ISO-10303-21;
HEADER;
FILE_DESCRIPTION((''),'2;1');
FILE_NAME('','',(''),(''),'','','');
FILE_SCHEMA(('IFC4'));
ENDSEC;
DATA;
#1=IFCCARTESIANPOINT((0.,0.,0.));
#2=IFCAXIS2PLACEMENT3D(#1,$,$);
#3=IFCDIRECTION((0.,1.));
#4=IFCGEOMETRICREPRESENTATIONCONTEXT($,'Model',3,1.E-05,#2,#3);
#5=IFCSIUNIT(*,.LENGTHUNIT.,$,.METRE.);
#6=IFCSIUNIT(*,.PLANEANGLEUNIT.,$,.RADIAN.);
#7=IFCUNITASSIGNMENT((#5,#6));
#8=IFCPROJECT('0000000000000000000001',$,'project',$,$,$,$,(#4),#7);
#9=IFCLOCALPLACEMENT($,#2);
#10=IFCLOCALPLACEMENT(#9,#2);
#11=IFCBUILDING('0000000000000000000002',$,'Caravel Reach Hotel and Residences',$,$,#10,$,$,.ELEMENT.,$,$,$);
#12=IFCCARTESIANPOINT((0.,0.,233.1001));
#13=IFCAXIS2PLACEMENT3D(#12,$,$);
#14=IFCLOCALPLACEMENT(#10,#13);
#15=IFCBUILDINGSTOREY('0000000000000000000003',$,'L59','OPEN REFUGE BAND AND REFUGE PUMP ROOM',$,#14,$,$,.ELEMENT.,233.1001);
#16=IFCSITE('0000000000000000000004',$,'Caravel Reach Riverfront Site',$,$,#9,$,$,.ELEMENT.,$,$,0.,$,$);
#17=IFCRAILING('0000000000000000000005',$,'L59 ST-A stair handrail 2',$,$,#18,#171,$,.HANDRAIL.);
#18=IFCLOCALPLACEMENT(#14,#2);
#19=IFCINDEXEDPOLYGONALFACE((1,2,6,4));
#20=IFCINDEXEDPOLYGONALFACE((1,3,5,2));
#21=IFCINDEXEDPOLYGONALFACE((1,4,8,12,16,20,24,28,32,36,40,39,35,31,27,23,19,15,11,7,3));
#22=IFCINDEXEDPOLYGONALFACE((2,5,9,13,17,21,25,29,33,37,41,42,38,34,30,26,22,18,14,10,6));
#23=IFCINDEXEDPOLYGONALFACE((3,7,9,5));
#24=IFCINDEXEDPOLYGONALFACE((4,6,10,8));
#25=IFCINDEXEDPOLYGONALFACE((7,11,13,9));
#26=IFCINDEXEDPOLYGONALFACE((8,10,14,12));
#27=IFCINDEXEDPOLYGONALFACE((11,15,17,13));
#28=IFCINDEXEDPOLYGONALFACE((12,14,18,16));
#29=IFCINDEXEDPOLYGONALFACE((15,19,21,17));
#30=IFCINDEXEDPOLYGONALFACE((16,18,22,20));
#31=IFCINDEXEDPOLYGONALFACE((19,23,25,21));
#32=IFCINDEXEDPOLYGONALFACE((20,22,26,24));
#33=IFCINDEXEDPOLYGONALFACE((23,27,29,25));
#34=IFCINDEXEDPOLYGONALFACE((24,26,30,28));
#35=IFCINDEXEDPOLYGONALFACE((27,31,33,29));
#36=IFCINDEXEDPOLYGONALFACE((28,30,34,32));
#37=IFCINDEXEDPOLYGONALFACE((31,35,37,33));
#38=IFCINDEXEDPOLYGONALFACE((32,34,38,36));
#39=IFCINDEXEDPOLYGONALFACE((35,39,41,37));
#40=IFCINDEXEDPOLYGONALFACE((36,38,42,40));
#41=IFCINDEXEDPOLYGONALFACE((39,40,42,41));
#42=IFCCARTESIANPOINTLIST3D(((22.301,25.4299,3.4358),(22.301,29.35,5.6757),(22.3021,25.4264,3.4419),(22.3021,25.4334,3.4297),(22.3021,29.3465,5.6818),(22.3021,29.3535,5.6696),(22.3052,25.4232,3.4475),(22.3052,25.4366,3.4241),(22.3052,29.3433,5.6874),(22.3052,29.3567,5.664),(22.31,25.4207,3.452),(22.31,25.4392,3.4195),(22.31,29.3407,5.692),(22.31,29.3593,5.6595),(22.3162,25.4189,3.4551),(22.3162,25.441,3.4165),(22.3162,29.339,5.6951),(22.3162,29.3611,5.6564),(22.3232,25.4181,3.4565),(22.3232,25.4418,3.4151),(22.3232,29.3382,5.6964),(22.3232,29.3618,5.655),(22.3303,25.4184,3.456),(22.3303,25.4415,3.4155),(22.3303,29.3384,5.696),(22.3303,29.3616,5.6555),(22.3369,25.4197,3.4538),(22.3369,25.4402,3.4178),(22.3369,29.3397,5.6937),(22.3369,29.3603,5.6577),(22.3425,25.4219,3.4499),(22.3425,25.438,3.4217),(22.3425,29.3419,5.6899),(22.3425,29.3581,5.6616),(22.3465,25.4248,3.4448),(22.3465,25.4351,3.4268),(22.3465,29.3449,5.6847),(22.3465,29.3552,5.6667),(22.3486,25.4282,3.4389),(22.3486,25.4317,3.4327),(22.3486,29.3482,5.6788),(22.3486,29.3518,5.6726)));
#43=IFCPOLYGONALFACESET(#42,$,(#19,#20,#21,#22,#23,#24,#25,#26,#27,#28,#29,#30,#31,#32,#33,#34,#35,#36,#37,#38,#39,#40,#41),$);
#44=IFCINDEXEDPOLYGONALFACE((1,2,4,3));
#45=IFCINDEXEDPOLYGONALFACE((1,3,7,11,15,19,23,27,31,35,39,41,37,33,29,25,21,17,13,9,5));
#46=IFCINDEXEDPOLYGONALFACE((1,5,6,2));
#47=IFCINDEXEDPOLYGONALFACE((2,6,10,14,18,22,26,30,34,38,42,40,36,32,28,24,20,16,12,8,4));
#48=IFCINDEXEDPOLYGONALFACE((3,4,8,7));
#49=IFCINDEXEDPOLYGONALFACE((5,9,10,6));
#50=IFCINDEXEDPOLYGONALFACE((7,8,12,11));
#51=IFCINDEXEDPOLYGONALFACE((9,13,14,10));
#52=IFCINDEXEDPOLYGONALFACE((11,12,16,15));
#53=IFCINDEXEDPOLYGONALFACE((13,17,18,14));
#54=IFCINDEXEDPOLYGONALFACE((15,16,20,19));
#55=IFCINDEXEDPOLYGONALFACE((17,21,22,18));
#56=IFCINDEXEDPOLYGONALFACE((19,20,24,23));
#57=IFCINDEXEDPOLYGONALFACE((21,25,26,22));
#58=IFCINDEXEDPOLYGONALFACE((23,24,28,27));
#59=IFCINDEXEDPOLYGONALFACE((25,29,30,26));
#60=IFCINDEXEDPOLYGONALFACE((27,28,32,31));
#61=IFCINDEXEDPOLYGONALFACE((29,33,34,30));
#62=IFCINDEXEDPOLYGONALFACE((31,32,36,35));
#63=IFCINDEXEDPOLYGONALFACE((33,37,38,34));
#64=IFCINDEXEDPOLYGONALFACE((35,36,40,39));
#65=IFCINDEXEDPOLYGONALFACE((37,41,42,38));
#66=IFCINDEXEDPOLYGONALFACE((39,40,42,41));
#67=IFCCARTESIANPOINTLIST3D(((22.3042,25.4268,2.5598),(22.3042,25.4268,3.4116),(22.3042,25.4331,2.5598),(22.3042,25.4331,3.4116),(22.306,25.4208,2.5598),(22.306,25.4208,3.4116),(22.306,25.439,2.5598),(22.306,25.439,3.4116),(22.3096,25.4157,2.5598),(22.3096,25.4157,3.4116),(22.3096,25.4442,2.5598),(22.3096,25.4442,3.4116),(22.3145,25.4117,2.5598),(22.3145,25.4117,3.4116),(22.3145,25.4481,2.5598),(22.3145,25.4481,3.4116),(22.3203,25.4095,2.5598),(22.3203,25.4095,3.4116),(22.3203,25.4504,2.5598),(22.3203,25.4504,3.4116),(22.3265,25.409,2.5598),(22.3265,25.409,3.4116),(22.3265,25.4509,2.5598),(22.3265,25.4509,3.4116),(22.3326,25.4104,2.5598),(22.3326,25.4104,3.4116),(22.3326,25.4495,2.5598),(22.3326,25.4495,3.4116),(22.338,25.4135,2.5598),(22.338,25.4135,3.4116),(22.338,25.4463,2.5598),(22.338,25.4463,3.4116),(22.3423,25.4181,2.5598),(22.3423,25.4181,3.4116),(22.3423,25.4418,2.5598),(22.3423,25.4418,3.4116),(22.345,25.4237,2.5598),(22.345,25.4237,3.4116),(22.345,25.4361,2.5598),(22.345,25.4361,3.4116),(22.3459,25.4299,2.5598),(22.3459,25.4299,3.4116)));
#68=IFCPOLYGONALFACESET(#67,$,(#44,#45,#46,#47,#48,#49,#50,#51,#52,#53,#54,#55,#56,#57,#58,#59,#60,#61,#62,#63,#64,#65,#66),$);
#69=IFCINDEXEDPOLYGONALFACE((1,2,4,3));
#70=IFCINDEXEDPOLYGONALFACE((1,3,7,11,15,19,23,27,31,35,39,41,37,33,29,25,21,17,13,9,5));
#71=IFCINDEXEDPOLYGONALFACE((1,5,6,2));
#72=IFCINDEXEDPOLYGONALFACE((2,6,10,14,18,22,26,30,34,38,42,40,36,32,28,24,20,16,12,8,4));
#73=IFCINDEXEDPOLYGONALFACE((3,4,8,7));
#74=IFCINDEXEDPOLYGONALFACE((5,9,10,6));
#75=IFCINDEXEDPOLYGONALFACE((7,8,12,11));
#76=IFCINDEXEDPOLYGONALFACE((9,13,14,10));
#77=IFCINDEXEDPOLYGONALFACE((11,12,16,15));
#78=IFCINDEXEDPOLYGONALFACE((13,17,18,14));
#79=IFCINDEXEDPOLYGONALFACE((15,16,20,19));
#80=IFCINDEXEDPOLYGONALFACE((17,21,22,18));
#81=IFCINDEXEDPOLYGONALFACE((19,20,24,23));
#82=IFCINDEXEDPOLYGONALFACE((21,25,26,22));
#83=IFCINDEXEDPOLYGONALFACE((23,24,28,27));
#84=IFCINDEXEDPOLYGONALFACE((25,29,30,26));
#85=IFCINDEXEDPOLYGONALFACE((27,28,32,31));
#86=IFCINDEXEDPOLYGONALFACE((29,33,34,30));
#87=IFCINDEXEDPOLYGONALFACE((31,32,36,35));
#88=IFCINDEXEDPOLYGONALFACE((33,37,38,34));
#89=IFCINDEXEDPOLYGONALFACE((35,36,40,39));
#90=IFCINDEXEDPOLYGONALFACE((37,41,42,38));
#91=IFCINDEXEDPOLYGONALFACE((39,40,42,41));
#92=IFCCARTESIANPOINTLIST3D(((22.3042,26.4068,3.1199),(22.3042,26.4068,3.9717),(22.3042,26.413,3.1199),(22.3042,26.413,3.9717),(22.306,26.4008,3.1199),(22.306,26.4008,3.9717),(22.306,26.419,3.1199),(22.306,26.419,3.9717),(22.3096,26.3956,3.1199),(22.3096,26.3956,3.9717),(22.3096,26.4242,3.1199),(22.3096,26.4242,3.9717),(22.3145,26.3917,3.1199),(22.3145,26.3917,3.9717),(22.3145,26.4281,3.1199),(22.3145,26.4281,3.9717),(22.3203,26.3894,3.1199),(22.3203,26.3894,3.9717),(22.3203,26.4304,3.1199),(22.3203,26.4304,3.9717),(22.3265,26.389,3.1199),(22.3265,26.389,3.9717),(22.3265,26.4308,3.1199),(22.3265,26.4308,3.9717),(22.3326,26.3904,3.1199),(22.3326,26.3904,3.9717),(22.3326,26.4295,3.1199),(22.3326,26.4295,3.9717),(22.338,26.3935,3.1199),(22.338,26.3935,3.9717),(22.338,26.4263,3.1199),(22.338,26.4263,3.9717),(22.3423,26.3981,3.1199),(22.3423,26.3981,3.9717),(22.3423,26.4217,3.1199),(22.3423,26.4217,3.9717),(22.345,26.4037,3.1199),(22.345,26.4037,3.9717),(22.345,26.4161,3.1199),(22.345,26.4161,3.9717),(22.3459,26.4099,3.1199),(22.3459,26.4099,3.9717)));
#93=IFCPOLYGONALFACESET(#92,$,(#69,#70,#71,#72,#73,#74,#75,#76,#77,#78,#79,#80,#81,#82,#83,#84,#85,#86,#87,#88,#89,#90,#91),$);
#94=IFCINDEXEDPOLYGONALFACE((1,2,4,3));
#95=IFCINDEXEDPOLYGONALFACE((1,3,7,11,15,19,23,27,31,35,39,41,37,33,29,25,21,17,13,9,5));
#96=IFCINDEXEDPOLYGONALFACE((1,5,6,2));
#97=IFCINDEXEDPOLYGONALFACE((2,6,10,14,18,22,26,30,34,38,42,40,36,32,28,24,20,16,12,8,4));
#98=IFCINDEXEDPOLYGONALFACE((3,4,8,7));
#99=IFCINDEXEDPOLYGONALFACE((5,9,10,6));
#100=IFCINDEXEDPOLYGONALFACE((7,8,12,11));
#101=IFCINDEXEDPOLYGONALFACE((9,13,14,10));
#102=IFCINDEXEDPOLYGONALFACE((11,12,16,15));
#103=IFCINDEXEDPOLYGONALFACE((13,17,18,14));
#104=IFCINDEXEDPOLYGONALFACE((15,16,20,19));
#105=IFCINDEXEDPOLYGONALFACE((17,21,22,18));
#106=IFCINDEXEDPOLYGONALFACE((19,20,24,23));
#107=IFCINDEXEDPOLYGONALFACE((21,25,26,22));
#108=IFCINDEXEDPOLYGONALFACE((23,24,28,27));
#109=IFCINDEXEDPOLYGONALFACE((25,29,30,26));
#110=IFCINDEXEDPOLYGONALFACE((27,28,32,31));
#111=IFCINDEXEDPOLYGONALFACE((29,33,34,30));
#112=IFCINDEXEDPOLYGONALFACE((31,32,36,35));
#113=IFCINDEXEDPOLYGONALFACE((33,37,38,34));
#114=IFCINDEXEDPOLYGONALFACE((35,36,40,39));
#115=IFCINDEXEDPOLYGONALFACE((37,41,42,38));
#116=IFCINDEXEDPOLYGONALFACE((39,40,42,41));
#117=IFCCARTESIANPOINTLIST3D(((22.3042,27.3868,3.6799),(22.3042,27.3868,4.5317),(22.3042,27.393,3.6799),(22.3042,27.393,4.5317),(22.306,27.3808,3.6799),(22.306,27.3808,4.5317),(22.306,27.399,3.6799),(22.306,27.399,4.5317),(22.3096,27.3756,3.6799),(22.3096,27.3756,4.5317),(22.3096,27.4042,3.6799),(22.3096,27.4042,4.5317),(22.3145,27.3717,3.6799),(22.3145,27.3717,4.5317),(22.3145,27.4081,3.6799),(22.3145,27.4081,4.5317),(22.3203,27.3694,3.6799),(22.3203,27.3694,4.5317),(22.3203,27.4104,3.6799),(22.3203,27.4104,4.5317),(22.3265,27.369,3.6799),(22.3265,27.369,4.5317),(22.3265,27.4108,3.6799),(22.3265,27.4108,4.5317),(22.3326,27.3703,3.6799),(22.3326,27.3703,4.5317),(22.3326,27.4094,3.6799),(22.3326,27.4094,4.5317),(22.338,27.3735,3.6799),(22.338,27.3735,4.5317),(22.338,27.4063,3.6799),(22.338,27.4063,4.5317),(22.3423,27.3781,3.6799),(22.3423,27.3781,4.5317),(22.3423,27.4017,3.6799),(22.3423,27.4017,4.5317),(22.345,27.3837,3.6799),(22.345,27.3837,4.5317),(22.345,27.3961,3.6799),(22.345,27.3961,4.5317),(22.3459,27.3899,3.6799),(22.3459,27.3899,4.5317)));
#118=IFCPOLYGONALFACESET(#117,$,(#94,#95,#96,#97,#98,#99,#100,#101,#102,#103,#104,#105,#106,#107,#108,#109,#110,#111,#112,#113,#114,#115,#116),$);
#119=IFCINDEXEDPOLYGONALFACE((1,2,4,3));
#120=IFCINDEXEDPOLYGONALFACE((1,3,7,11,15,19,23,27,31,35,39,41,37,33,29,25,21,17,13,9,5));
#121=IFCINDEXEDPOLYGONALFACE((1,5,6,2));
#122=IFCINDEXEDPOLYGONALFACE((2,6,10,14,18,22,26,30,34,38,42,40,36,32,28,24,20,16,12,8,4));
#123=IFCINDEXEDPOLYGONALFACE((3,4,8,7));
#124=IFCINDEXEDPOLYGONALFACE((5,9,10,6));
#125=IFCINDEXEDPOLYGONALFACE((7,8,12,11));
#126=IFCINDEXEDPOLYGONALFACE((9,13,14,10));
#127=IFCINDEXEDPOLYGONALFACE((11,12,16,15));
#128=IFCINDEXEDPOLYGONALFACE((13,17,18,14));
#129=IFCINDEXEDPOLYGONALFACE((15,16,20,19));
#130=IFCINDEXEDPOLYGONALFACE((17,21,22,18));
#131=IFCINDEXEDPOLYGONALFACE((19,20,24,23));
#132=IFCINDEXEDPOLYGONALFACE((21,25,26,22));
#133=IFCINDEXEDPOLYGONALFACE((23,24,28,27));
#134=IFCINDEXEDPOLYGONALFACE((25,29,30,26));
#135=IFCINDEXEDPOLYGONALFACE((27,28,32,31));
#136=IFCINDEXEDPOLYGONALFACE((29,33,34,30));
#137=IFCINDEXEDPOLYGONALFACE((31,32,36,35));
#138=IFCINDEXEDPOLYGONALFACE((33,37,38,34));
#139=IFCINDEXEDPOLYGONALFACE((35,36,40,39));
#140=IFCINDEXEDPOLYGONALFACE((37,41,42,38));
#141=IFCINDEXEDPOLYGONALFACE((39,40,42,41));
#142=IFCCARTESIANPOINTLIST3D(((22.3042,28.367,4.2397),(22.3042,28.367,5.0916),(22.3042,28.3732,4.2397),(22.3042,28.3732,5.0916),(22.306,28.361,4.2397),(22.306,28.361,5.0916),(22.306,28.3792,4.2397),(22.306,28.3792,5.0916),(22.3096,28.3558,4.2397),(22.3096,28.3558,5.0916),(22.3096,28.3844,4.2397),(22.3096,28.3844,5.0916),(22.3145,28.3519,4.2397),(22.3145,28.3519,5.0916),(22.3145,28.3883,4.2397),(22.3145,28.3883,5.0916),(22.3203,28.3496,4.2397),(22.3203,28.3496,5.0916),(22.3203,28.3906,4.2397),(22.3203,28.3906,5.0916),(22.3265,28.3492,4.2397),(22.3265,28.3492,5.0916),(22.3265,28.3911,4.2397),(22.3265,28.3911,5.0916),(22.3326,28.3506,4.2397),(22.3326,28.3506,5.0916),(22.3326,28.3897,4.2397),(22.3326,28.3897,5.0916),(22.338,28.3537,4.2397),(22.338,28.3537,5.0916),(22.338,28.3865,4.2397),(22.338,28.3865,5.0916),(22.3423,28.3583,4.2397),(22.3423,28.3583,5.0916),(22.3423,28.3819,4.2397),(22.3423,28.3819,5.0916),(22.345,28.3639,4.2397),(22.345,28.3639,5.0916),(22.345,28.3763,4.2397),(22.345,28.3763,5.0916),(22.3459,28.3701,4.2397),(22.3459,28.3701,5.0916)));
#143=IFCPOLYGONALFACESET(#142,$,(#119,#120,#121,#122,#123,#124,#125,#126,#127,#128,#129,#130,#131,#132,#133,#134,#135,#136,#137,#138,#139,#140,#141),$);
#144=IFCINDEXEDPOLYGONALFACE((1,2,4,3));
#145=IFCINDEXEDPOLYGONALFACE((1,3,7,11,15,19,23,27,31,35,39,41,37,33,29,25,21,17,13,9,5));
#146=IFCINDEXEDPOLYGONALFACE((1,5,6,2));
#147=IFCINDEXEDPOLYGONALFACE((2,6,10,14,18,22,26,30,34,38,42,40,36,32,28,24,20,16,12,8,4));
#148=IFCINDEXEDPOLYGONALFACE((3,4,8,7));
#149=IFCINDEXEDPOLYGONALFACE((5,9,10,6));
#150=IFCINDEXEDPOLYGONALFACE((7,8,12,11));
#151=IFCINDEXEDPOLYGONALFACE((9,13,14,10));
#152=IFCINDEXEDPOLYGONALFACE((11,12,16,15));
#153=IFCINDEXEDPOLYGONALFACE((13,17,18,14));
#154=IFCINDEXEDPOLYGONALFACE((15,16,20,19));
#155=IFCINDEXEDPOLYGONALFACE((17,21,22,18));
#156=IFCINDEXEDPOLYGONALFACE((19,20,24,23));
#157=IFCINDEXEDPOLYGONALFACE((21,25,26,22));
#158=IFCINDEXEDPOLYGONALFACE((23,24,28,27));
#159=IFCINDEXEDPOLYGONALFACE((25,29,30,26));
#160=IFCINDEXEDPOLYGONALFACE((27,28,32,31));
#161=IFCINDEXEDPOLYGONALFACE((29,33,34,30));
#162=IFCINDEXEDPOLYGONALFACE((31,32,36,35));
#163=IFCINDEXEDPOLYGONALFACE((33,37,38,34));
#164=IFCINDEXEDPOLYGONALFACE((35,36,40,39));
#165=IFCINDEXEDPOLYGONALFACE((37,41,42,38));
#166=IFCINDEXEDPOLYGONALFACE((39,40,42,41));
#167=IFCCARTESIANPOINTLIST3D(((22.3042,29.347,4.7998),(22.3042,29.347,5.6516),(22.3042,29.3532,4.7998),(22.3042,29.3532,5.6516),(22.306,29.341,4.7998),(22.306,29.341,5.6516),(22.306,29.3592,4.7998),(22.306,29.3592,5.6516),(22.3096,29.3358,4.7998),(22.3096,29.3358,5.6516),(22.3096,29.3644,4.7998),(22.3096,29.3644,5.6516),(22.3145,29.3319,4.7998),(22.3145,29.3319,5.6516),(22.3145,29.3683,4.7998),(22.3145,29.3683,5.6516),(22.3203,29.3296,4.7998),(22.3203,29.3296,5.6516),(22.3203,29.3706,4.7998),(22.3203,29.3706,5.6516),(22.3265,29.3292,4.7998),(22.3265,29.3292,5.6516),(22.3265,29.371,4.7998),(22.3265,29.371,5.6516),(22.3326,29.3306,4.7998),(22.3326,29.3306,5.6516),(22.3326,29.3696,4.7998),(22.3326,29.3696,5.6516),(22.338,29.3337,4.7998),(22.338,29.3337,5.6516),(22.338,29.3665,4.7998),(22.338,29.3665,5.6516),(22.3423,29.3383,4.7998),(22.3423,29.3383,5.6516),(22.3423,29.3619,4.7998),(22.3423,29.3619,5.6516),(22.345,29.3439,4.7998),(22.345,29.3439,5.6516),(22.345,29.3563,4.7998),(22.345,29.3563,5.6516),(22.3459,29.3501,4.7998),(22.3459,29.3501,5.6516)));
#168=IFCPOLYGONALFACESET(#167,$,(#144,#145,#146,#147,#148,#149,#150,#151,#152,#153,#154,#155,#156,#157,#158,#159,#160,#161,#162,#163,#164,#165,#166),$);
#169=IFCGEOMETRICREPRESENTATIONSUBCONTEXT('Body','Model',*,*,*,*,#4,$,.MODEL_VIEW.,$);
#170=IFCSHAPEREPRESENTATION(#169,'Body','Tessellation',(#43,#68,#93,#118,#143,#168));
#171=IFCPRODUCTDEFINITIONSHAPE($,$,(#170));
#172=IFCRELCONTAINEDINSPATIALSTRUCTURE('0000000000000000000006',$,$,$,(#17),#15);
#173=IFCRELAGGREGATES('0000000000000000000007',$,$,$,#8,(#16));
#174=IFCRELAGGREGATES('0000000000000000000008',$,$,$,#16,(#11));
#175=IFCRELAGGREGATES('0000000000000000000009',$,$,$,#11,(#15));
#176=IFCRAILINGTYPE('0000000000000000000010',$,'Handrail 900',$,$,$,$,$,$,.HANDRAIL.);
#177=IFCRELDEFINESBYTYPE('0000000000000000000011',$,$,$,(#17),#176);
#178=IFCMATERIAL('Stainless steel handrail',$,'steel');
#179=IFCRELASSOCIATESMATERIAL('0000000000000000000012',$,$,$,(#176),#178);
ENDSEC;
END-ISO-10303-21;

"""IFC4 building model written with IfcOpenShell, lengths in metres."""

from ifc_helpers import new_model, si_unit, direction, frame, origin, origin_2d, place, context, subcontext, project, spatial, circle, extrude, material, type_object, element, save


model = new_model("IFC4")

# Units and contexts
model_context = context("Model", 3, precision=1e-05, world=origin(), true_north=direction((0.0, 1.0)))
body_context = subcontext(model_context, "Body", "Model", "MODEL_VIEW")
ifc_project = project(units=[si_unit("LENGTHUNIT", "METRE"), si_unit("PLANEANGLEUNIT", "RADIAN")], contexts=[model_context])

# Site, building, storey
site_placement = place(None, origin())
site = spatial("IfcSite", under=ifc_project, at=site_placement, Name="Caravel Reach Riverfront Site", CompositionType="ELEMENT", RefElevation=0.0)
building_placement = place(site_placement, origin())
building = spatial("IfcBuilding", under=site, at=building_placement, Name="Caravel Reach Hotel and Residences", CompositionType="ELEMENT")
storey_placement = place(building_placement, frame((0.0, 0.0, 233.1001)))
storey = spatial("IfcBuildingStorey", under=building, at=storey_placement, Name="L59", Description="OPEN REFUGE BAND AND REFUGE PUMP ROOM", CompositionType="ELEMENT", Elevation=233.1001)

# Railing
ifc_material_1 = material(Name="Stainless steel handrail", Category="steel")
railing_type_1 = type_object("IfcRailingType", Name="Handrail 900", PredefinedType="HANDRAIL", material=ifc_material_1)
railing_1_placement = place(storey_placement, frame((22.325, 25.4299, 2.5598)))
element("IfcRailing", 1, at=railing_1_placement, inside=storey, type_object=railing_type_1, Name="L59 ST-A stair handrail 2", PredefinedType="HANDRAIL", context=body_context, shape_type="SweptSolid", body=[
    extrude(circle(Radius=0.0239, at=origin_2d()), frame((0.0, 0.0, 0.876), z_axis=(0.0, 0.868253, 0.496121), x_axis=(-1.0, 0.0, 0.0)), (0.0, 0.0, 1.0), 4.5149),
    extrude(circle(Radius=0.021, at=origin_2d()), origin(), (0.0, 0.0, 1.0), 0.8518),
    extrude(circle(Radius=0.021, at=origin_2d()), frame((0.0, 0.98, 0.5601)), (0.0, 0.0, 1.0), 0.8518),
    extrude(circle(Radius=0.021, at=origin_2d()), frame((0.0, 1.96, 1.1201)), (0.0, 0.0, 1.0), 0.8518),
    extrude(circle(Radius=0.021, at=origin_2d()), frame((0.0, 2.9402, 1.6799)), (0.0, 0.0, 1.0), 0.8518),
    extrude(circle(Radius=0.021, at=origin_2d()), frame((0.0, 3.9202, 2.24)), (0.0, 0.0, 1.0), 0.8518),
])

save(model, "model.ifc")
